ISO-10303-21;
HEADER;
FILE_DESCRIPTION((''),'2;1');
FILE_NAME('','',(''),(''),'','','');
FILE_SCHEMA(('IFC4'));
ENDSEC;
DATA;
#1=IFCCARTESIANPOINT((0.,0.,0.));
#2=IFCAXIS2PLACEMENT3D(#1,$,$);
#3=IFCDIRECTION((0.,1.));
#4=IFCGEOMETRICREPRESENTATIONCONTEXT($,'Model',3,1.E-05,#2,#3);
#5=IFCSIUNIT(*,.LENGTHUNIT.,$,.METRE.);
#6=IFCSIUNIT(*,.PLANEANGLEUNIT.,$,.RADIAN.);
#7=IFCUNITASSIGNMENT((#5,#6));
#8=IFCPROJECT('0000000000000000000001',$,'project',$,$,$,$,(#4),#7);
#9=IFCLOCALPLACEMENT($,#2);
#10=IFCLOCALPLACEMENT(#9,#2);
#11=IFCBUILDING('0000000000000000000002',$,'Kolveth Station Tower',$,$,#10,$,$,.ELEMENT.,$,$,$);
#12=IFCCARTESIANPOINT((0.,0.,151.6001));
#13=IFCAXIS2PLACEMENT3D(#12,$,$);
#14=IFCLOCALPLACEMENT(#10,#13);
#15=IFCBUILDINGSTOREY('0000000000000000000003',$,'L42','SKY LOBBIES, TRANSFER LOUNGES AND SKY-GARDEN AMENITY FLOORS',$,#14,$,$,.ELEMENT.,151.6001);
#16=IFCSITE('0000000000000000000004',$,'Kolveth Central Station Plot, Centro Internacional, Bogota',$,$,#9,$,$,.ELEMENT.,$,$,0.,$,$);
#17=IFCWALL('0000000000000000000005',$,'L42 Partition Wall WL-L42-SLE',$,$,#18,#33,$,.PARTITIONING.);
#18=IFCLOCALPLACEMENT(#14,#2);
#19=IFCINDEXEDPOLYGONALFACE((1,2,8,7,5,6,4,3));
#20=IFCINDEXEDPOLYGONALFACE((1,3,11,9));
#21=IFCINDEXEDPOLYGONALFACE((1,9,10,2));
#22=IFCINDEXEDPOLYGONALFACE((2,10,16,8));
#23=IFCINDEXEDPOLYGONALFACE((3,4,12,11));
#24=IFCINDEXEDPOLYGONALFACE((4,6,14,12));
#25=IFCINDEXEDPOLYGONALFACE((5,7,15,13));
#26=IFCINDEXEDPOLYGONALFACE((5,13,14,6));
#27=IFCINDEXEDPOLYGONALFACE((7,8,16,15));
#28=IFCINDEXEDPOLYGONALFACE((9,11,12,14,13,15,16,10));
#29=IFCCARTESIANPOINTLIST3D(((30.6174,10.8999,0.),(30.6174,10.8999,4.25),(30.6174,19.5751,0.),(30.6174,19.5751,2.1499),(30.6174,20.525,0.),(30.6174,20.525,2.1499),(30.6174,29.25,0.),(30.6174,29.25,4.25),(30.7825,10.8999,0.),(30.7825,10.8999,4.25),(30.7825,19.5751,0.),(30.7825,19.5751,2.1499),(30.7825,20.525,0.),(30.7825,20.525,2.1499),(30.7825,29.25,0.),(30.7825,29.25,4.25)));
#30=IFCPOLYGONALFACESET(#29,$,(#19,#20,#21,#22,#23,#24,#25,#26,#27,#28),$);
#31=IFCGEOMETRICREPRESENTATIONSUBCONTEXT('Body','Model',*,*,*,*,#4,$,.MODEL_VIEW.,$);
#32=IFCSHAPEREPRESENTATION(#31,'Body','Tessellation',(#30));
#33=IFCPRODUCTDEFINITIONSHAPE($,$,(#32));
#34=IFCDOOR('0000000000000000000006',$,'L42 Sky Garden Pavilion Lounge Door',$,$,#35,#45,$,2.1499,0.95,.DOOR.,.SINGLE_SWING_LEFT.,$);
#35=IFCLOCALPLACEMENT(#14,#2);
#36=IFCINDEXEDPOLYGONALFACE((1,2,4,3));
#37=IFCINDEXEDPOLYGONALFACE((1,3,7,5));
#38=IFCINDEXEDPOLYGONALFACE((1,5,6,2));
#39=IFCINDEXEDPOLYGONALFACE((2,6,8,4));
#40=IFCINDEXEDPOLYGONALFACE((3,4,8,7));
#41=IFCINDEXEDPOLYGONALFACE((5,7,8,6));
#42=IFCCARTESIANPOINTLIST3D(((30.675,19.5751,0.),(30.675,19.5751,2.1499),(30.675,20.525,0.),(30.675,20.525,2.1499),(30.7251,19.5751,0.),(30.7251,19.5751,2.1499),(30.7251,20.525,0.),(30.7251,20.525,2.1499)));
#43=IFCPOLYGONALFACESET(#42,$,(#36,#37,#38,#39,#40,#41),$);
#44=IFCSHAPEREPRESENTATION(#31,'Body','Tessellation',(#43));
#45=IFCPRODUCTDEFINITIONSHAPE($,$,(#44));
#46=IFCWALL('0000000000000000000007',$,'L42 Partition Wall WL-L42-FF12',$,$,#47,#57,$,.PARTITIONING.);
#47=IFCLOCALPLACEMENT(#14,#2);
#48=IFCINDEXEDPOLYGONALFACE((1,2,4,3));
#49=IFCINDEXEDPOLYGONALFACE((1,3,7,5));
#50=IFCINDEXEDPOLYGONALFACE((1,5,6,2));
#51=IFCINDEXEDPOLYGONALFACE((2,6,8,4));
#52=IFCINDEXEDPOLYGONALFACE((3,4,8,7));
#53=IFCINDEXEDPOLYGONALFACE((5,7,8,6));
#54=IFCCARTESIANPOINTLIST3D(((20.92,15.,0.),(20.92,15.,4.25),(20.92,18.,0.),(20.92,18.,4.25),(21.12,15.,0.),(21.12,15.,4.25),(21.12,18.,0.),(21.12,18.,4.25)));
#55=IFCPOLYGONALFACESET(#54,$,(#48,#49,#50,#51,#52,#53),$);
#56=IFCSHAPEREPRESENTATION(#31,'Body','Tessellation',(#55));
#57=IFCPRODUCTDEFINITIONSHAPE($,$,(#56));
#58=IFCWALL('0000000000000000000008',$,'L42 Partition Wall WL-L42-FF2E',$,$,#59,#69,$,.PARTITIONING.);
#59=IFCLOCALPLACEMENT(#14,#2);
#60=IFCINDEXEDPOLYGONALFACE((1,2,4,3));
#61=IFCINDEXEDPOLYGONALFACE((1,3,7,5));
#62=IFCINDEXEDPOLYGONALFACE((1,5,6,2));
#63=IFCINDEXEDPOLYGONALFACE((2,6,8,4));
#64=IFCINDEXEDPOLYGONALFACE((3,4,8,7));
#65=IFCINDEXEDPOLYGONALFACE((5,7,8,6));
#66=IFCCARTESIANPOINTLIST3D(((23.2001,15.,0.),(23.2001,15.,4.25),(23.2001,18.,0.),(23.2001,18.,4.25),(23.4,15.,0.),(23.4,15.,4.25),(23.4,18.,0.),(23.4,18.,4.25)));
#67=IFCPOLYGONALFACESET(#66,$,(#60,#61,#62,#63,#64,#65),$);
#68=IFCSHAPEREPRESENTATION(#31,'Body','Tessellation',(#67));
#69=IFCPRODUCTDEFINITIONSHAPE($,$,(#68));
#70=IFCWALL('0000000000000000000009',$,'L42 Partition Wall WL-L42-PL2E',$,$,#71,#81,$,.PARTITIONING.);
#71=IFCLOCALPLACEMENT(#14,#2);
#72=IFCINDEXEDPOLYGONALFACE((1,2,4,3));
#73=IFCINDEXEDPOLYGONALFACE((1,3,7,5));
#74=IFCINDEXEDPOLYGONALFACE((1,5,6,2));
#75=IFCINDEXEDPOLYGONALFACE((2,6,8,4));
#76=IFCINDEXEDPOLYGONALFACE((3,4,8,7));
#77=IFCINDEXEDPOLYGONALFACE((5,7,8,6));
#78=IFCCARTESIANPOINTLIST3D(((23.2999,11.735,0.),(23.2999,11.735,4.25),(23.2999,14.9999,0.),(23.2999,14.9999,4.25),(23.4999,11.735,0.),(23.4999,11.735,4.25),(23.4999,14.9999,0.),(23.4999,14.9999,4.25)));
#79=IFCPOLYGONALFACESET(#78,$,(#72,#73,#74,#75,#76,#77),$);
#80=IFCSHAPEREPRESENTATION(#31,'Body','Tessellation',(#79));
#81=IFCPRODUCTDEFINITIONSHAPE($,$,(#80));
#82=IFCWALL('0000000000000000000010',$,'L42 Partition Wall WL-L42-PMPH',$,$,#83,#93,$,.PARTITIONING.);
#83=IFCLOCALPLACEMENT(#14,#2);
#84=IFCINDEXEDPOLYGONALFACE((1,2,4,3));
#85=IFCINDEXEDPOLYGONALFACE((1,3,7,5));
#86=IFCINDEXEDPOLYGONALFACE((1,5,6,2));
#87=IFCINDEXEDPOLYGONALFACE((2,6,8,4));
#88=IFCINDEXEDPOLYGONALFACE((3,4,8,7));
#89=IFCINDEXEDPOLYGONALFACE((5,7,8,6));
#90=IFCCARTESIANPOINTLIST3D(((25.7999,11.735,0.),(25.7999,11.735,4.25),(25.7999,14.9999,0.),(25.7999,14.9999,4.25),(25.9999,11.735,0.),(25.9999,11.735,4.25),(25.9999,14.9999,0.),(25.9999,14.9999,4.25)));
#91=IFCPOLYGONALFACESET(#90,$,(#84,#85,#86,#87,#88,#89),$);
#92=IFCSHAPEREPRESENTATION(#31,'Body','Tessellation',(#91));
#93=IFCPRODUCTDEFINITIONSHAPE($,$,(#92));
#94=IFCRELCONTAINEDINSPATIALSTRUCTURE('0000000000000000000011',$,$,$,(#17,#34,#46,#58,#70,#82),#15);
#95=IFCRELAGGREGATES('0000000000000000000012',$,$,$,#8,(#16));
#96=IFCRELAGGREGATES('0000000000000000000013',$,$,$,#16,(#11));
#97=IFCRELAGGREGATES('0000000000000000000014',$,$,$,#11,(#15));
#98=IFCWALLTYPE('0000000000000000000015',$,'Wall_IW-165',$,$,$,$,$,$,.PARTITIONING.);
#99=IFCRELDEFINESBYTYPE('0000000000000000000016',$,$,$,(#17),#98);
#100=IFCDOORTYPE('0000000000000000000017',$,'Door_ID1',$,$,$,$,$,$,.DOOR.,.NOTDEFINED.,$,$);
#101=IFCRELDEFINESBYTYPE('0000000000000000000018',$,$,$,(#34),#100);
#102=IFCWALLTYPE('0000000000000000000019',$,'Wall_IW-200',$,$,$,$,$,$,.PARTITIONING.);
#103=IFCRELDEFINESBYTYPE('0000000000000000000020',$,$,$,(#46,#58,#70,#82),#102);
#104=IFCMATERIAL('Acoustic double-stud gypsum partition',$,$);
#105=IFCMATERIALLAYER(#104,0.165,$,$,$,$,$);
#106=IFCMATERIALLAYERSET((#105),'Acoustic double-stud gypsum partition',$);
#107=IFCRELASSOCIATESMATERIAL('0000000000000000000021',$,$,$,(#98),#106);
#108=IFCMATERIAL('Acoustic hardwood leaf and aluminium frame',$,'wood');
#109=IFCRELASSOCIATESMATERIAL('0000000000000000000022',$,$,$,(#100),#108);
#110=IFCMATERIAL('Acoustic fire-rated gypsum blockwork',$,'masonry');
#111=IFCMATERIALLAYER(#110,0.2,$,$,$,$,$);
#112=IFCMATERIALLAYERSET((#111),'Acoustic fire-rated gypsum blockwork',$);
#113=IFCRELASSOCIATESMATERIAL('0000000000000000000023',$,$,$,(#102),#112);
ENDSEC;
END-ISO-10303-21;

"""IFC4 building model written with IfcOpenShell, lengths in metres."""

from ifc_helpers import new_model, si_unit, direction, frame, frame_2d, origin, place, context, subcontext, project, spatial, rectangle, extrude, material, layer, layer_set, type_object, element, fill, save


model = new_model("IFC4")

# Units and contexts
model_context = context("Model", 3, precision=1e-05, world=origin(), true_north=direction((0.0, 1.0)))
body_context = subcontext(model_context, "Body", "Model", "MODEL_VIEW")
ifc_project = project(units=[si_unit("LENGTHUNIT", "METRE"), si_unit("PLANEANGLEUNIT", "RADIAN")], contexts=[model_context])

# Site, building, storey
site_placement = place(None, origin())
site = spatial("IfcSite", under=ifc_project, at=site_placement, Name="Kolveth Central Station Plot, Centro Internacional, Bogota", CompositionType="ELEMENT", RefElevation=0.0)
building_placement = place(site_placement, origin())
building = spatial("IfcBuilding", under=site, at=building_placement, Name="Kolveth Station Tower", CompositionType="ELEMENT")
storey_placement = place(building_placement, frame((0.0, 0.0, 151.6001)))
storey = spatial("IfcBuildingStorey", under=building, at=storey_placement, Name="L42", Description="SKY LOBBIES, TRANSFER LOUNGES AND SKY-GARDEN AMENITY FLOORS", CompositionType="ELEMENT", Elevation=151.6001)

# Shared definitions
ifc_material_1 = material(Name="Acoustic double-stud gypsum partition")
ifc_layer_1 = layer(ifc_material_1, 0.165)
ifc_layer_set_1 = layer_set([ifc_layer_1], Name="Acoustic double-stud gypsum partition")
wall_type_1 = type_object("IfcWallType", Name="Wall_IW-165", PredefinedType="PARTITIONING", material=ifc_layer_set_1)

# Wall, opening, door
wall_1_placement = place(storey_placement, frame((30.7, 10.8999, 0.0), z_axis=(0.0, 0.0, 1.0), x_axis=(0.0, 1.0, 0.0)))
wall_1 = element("IfcWall", 1, at=wall_1_placement, inside=storey, type_object=wall_type_1, Name="L42 Partition Wall WL-L42-SLE", PredefinedType="PARTITIONING", context=body_context, shape_type="SweptSolid", body=[
    extrude(rectangle(XDim=18.3501, YDim=0.165, at=frame_2d((9.175, 0.0))), origin(), (0.0, 0.0, 1.0), 4.25),
])
opening_1_placement = place(wall_1_placement, frame((8.675, 0.0, 0.0)))
opening_1 = element("IfcOpeningElement", 2, at=opening_1_placement, cuts=wall_1, PredefinedType="OPENING", context=body_context, shape_type="SweptSolid", body=[
    extrude(rectangle(XDim=0.95, YDim=2.1499, at=frame_2d((0.4751, 1.075))), frame((0.0, 0.0925, 0.0), z_axis=(0.0, -1.0, 0.0), x_axis=(1.0, 0.0, 0.0)), (0.0, 0.0, 1.0), 0.1851),
])
ifc_material_2 = material(Name="Acoustic hardwood leaf and aluminium frame", Category="wood")
door_type_1 = type_object("IfcDoorType", Name="Door_ID1", OperationType="NOTDEFINED", PredefinedType="DOOR", material=ifc_material_2)
door_1_placement = place(opening_1_placement, origin())
door_1 = element("IfcDoor", 3, at=door_1_placement, inside=storey, type_object=door_type_1, Name="L42 Sky Garden Pavilion Lounge Door", OperationType="SINGLE_SWING_LEFT", OverallHeight=2.1499, OverallWidth=0.95, PredefinedType="DOOR", context=body_context, shape_type="SweptSolid", body=[
    extrude(rectangle(XDim=0.95, YDim=2.1499, at=frame_2d((0.4751, 1.075))), frame((0.0, 0.0249, 0.0), z_axis=(0.0, -1.0, 0.0), x_axis=(1.0, 0.0, 0.0)), (0.0, 0.0, 1.0), 0.05),
])
fill(opening_1, door_1)

# Walls
ifc_material_3 = material(Name="Acoustic fire-rated gypsum blockwork", Category="masonry")
ifc_layer_2 = layer(ifc_material_3, 0.2)
ifc_layer_set_2 = layer_set([ifc_layer_2], Name="Acoustic fire-rated gypsum blockwork")
wall_type_2 = type_object("IfcWallType", Name="Wall_IW-200", PredefinedType="PARTITIONING", material=ifc_layer_set_2)
for number, where, z_axis, x_axis, name in (
    (4, (21.02, 15.0, 0.0), (0.0, 0.0, 1.0), (0.0, 1.0, 0.0), "L42 Partition Wall WL-L42-FF12"),
    (5, (23.3, 15.0, 0.0), (0.0, 0.0, 1.0), (0.0, 1.0, 0.0), "L42 Partition Wall WL-L42-FF2E"),
):
    element("IfcWall", number, at=place(storey_placement, frame(where, z_axis=z_axis, x_axis=x_axis)), inside=storey, type_object=wall_type_2, Name=name, PredefinedType="PARTITIONING", context=body_context, shape_type="SweptSolid", body=[
        extrude(rectangle(XDim=3.0, YDim=0.2, at=frame_2d((1.5, 0.0))), origin(), (0.0, 0.0, 1.0), 4.25),
    ])
for number, where, z_axis, x_axis, name in (
    (6, (23.3999, 11.7351, 0.0), (0.0, 0.0, 1.0), (0.0, 1.0, 0.0), "L42 Partition Wall WL-L42-PL2E"),
    (7, (25.8999, 11.7351, 0.0), (0.0, 0.0, 1.0), (0.0, 1.0, 0.0), "L42 Partition Wall WL-L42-PMPH"),
):
    element("IfcWall", number, at=place(storey_placement, frame(where, z_axis=z_axis, x_axis=x_axis)), inside=storey, type_object=wall_type_2, Name=name, PredefinedType="PARTITIONING", context=body_context, shape_type="SweptSolid", body=[
        extrude(rectangle(XDim=3.2649, YDim=0.2, at=frame_2d((1.6323, 0.0))), origin(), (0.0, 0.0, 1.0), 4.25),
    ])

save(model, "model.ifc")
